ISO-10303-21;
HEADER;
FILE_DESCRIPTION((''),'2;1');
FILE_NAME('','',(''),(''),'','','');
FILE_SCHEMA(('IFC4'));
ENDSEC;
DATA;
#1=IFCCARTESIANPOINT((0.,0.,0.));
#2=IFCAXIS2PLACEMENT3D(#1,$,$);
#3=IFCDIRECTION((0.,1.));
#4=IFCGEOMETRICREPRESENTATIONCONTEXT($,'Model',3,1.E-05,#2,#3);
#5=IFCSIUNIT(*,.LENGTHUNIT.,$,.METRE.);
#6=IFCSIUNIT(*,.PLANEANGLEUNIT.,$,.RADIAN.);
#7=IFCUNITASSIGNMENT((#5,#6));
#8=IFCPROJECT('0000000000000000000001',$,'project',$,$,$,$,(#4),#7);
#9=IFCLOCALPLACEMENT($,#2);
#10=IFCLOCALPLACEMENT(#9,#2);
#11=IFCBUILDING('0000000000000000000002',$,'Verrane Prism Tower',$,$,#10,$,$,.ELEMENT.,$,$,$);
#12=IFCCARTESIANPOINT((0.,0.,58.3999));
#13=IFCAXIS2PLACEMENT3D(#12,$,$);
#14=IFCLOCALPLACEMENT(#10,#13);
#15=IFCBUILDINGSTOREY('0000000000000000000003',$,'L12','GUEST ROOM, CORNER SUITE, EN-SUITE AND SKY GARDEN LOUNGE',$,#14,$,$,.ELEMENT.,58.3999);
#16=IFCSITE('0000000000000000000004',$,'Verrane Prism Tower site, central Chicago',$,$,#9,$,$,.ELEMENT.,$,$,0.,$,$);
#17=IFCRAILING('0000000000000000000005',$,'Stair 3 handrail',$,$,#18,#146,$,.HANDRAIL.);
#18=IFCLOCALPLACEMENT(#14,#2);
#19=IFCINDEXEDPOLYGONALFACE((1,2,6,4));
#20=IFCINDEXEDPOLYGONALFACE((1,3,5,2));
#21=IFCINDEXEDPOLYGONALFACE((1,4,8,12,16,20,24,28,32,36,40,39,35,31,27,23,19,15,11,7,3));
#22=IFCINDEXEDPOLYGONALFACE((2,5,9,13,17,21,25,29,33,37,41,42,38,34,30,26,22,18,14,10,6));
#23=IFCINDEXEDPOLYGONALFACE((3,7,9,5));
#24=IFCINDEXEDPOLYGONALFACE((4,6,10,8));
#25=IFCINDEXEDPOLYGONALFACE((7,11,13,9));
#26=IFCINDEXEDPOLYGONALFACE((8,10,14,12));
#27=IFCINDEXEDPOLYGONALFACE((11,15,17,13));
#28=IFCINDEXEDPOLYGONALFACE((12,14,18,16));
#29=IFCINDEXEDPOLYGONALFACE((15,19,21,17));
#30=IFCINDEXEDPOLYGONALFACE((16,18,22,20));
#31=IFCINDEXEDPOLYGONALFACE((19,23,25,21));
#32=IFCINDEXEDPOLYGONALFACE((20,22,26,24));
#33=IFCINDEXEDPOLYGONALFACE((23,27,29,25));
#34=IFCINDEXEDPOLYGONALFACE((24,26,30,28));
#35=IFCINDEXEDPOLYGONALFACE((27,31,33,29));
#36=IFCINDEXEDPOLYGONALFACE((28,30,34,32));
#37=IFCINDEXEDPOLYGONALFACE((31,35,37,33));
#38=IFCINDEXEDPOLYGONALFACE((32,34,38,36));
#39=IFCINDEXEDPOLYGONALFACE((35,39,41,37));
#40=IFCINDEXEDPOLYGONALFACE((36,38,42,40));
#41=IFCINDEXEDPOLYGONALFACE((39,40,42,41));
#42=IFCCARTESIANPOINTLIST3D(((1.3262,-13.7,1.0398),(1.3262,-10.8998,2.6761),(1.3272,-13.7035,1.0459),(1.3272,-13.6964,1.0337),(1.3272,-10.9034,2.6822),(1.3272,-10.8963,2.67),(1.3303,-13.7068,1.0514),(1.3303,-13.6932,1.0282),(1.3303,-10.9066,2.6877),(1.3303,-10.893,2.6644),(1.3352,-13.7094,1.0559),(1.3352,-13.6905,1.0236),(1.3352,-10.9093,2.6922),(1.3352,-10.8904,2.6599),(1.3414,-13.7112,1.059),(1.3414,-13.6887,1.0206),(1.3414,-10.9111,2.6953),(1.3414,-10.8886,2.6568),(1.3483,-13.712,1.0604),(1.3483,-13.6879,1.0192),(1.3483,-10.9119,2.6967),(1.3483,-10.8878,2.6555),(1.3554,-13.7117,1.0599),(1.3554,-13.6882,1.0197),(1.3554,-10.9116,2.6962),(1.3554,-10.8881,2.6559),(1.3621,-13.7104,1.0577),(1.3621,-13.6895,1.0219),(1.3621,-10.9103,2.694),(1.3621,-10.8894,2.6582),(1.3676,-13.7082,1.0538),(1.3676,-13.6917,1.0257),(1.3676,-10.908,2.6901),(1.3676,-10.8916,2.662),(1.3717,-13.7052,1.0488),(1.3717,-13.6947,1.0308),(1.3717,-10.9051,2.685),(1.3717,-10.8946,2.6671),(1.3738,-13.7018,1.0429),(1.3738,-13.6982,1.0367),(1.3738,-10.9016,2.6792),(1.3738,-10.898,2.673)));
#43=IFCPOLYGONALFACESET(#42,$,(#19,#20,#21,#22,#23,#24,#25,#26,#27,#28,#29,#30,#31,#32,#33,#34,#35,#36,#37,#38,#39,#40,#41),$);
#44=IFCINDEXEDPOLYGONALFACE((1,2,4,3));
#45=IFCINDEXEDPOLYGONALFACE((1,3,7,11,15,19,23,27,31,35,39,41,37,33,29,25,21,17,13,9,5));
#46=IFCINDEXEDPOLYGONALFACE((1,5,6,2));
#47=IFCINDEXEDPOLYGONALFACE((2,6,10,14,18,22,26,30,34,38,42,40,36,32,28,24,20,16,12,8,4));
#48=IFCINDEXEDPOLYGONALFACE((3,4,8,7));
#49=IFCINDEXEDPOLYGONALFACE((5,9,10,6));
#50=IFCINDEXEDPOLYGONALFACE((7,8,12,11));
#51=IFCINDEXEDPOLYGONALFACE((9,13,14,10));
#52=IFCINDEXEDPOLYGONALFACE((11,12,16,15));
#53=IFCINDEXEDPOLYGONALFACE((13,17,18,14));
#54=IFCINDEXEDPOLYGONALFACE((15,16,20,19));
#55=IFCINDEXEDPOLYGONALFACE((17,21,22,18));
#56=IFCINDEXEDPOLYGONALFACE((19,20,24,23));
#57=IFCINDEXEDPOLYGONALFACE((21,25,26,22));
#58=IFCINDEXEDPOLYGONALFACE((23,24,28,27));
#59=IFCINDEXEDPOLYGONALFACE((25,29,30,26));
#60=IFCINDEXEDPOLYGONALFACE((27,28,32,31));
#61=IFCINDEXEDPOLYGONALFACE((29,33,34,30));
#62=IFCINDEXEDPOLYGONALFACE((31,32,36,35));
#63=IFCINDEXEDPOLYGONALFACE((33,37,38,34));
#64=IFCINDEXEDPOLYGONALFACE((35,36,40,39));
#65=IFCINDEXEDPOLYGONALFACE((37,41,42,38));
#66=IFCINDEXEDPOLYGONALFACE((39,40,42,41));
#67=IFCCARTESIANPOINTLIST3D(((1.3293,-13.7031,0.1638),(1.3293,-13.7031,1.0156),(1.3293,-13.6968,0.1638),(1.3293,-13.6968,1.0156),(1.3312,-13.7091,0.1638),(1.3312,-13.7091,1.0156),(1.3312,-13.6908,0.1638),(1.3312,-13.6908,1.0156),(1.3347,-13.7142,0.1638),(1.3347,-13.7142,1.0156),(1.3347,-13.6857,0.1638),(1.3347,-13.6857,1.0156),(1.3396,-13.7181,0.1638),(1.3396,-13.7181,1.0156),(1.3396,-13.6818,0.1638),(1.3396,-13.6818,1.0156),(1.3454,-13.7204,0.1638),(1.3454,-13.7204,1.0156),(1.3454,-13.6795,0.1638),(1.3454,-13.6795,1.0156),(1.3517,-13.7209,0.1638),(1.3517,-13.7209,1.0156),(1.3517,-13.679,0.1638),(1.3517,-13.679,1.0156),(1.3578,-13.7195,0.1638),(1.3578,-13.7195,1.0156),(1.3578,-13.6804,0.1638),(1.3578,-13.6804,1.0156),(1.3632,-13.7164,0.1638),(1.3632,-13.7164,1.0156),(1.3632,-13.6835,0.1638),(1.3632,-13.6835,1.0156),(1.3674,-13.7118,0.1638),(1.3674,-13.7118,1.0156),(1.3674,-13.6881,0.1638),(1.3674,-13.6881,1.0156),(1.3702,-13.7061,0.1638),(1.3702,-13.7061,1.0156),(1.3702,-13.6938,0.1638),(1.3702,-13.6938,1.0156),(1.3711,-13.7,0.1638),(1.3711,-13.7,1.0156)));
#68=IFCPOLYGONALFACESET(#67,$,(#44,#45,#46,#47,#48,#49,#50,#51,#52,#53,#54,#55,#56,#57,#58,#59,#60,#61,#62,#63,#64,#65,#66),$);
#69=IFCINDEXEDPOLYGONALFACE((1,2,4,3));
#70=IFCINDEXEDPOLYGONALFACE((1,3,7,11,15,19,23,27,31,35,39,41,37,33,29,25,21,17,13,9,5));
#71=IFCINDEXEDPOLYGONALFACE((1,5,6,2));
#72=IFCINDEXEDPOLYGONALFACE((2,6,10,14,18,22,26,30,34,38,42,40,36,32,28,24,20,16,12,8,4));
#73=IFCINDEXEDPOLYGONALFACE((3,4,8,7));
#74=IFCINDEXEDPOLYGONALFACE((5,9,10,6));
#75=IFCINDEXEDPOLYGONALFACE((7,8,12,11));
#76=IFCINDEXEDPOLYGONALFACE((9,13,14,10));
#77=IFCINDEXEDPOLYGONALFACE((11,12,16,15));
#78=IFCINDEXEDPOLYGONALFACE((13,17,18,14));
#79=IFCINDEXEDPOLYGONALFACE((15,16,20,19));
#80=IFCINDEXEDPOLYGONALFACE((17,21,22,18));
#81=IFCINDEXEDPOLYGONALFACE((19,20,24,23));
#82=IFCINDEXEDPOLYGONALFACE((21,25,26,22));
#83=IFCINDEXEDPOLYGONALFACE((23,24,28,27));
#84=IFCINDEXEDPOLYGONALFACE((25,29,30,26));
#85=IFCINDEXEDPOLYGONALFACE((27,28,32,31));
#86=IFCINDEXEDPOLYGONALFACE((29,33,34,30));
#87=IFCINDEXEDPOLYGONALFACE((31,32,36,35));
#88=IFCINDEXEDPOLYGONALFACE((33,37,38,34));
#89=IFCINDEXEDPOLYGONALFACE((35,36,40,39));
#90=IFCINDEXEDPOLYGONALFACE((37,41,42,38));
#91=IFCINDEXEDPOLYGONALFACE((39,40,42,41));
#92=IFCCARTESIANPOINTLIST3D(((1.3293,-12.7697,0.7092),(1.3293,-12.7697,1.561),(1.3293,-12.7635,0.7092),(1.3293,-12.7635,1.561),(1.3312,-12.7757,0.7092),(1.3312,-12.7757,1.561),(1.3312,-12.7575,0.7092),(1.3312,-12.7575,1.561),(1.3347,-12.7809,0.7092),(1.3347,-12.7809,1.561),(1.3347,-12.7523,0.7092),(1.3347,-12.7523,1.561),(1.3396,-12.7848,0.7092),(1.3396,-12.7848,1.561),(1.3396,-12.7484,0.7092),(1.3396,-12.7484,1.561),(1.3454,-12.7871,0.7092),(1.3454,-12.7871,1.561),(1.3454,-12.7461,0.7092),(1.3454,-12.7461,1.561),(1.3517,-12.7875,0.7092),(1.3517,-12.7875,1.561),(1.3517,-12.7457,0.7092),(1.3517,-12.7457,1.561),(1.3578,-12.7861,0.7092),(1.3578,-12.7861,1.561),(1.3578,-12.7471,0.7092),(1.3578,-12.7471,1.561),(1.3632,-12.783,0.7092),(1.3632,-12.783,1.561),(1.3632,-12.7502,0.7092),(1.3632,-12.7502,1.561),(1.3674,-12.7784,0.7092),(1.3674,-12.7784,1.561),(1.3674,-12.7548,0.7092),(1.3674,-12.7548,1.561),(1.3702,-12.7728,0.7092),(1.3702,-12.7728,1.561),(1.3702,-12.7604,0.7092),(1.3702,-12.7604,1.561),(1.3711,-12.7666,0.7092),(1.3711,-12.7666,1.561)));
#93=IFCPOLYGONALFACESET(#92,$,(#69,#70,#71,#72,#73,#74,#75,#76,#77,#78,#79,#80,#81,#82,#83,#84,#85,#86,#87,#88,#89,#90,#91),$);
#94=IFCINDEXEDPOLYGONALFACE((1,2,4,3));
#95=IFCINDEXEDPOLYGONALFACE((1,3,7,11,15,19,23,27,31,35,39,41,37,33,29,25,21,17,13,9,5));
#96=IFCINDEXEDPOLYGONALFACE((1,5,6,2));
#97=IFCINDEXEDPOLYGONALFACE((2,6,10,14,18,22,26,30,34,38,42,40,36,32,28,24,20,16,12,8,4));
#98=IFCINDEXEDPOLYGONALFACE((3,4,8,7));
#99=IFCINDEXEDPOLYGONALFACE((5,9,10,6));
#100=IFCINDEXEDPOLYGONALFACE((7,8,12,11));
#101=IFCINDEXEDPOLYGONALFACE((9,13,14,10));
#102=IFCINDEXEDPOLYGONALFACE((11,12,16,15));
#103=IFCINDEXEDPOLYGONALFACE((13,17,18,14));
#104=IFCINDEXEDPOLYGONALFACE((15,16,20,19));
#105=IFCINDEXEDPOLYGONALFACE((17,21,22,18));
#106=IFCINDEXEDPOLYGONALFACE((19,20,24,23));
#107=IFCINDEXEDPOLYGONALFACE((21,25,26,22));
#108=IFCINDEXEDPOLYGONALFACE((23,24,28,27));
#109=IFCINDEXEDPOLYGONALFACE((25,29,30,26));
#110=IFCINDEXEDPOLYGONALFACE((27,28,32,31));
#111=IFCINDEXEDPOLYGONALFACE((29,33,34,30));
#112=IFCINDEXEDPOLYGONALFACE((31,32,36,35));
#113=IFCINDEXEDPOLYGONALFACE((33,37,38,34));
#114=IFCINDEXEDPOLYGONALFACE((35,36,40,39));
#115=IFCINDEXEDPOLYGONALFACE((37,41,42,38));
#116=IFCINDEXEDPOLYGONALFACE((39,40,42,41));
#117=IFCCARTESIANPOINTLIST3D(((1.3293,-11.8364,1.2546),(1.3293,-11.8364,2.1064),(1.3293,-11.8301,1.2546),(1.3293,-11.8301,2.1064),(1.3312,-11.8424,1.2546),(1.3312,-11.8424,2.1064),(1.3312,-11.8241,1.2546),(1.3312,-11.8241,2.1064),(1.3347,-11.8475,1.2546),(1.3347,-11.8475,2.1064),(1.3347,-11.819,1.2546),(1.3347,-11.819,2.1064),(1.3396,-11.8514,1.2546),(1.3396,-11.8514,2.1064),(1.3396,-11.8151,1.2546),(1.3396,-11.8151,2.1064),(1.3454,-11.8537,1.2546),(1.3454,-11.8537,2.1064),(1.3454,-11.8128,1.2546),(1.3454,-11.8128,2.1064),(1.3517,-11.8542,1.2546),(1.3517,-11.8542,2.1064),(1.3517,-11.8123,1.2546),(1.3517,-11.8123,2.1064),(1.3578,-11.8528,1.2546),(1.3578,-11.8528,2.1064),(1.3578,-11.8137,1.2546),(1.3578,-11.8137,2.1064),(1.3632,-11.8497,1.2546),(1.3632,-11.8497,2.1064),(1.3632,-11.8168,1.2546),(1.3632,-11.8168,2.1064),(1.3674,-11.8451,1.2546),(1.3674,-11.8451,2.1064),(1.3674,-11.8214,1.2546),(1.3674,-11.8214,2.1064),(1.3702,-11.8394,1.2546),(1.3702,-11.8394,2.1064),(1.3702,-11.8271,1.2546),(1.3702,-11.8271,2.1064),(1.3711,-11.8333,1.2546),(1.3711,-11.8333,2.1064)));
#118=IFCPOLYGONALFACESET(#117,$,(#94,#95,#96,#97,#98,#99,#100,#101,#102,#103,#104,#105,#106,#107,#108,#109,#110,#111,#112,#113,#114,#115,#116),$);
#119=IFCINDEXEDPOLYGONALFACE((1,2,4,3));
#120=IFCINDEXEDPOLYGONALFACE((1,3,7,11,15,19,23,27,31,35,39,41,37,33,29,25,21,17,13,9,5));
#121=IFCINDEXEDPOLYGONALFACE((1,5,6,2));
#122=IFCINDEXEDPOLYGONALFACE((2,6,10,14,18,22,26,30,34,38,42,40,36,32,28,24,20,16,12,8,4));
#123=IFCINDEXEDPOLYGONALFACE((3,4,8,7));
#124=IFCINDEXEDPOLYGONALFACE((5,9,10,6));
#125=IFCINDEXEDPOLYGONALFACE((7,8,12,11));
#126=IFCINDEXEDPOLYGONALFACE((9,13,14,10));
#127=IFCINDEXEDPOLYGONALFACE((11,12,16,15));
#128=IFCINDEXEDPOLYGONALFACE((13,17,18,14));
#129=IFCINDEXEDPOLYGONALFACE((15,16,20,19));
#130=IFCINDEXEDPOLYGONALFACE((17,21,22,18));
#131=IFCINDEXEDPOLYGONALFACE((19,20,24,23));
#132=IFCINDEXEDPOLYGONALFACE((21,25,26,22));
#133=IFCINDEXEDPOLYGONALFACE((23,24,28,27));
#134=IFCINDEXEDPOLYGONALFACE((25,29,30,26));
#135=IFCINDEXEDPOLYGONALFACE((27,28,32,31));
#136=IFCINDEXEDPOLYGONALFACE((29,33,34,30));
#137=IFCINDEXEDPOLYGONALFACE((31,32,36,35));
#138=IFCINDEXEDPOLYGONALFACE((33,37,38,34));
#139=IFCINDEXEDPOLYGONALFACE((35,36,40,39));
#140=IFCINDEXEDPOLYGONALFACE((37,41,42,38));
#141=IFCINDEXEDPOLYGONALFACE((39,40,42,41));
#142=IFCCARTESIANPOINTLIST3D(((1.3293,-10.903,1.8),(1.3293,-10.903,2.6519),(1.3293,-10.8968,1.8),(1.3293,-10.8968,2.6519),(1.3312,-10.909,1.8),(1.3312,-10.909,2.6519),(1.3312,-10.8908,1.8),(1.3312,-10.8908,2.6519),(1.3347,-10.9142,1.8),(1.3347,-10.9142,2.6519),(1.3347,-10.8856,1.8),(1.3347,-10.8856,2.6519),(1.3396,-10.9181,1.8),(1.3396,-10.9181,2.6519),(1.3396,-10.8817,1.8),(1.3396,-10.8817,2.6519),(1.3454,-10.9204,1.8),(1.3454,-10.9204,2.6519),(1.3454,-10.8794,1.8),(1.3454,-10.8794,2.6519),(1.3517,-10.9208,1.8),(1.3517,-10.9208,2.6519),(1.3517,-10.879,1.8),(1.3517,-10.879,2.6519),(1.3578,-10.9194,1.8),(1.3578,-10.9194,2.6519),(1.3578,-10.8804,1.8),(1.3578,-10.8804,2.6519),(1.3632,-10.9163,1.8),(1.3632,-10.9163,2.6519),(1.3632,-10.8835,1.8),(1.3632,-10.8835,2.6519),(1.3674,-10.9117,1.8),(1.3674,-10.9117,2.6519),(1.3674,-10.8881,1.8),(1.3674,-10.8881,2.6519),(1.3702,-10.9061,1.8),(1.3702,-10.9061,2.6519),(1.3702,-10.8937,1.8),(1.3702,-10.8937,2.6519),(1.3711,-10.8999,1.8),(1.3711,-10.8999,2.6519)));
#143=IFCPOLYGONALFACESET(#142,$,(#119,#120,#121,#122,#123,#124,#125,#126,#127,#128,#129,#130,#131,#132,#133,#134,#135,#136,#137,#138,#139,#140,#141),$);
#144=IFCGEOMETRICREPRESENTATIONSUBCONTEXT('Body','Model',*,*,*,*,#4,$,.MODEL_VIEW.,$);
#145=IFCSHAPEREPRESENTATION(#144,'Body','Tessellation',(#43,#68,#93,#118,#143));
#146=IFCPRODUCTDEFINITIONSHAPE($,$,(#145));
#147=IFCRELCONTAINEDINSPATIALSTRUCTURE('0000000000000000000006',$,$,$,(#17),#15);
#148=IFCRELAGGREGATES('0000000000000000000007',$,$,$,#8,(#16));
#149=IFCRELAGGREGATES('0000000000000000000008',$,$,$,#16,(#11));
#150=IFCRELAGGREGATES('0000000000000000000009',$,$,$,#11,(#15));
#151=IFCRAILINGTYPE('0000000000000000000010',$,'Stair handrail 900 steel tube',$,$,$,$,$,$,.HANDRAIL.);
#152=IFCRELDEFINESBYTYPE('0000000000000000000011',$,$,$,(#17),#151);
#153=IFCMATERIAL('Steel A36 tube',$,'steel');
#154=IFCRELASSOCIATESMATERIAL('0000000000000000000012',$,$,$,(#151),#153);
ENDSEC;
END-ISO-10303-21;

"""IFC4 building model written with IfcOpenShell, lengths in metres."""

from ifc_helpers import new_model, si_unit, direction, frame, origin, origin_2d, place, context, subcontext, project, spatial, circle, extrude, material, type_object, element, save


model = new_model("IFC4")

# Units and contexts
model_context = context("Model", 3, precision=1e-05, world=origin(), true_north=direction((0.0, 1.0)))
body_context = subcontext(model_context, "Body", "Model", "MODEL_VIEW")
ifc_project = project(units=[si_unit("LENGTHUNIT", "METRE"), si_unit("PLANEANGLEUNIT", "RADIAN")], contexts=[model_context])

# Site, building, storey
site_placement = place(None, origin())
site = spatial("IfcSite", under=ifc_project, at=site_placement, Name="Verrane Prism Tower site, central Chicago", CompositionType="ELEMENT", RefElevation=0.0)
building_placement = place(site_placement, origin())
building = spatial("IfcBuilding", under=site, at=building_placement, Name="Verrane Prism Tower", CompositionType="ELEMENT")
storey_placement = place(building_placement, frame((0.0, 0.0, 58.3999)))
storey = spatial("IfcBuildingStorey", under=building, at=storey_placement, Name="L12", Description="GUEST ROOM, CORNER SUITE, EN-SUITE AND SKY GARDEN LOUNGE", CompositionType="ELEMENT", Elevation=58.3999)

# Railing
ifc_material_1 = material(Name="Steel A36 tube", Category="steel")
railing_type_1 = type_object("IfcRailingType", Name="Stair handrail 900 steel tube", PredefinedType="HANDRAIL", material=ifc_material_1)
railing_1_placement = place(storey_placement, frame((1.3501, -13.7, 0.1638)))
element("IfcRailing", 1, at=railing_1_placement, inside=storey, type_object=railing_type_1, Name="Stair 3 handrail", PredefinedType="HANDRAIL", context=body_context, shape_type="SweptSolid", body=[
    extrude(circle(Radius=0.0239, at=origin_2d()), frame((0.0, 0.0, 0.876), z_axis=(0.0, 0.863394, 0.504531), x_axis=(-1.0, 0.0, 0.0)), (0.0, 0.0, 1.0), 3.2432),
    extrude(circle(Radius=0.021, at=origin_2d()), origin(), (0.0, 0.0, 1.0), 0.8518),
    extrude(circle(Radius=0.021, at=origin_2d()), frame((0.0, 0.9333, 0.5454)), (0.0, 0.0, 1.0), 0.8518),
    extrude(circle(Radius=0.021, at=origin_2d()), frame((0.0, 1.8667, 1.0908)), (0.0, 0.0, 1.0), 0.8518),
    extrude(circle(Radius=0.021, at=origin_2d()), frame((0.0, 2.8, 1.6362)), (0.0, 0.0, 1.0), 0.8518),
])

save(model, "model.ifc")
